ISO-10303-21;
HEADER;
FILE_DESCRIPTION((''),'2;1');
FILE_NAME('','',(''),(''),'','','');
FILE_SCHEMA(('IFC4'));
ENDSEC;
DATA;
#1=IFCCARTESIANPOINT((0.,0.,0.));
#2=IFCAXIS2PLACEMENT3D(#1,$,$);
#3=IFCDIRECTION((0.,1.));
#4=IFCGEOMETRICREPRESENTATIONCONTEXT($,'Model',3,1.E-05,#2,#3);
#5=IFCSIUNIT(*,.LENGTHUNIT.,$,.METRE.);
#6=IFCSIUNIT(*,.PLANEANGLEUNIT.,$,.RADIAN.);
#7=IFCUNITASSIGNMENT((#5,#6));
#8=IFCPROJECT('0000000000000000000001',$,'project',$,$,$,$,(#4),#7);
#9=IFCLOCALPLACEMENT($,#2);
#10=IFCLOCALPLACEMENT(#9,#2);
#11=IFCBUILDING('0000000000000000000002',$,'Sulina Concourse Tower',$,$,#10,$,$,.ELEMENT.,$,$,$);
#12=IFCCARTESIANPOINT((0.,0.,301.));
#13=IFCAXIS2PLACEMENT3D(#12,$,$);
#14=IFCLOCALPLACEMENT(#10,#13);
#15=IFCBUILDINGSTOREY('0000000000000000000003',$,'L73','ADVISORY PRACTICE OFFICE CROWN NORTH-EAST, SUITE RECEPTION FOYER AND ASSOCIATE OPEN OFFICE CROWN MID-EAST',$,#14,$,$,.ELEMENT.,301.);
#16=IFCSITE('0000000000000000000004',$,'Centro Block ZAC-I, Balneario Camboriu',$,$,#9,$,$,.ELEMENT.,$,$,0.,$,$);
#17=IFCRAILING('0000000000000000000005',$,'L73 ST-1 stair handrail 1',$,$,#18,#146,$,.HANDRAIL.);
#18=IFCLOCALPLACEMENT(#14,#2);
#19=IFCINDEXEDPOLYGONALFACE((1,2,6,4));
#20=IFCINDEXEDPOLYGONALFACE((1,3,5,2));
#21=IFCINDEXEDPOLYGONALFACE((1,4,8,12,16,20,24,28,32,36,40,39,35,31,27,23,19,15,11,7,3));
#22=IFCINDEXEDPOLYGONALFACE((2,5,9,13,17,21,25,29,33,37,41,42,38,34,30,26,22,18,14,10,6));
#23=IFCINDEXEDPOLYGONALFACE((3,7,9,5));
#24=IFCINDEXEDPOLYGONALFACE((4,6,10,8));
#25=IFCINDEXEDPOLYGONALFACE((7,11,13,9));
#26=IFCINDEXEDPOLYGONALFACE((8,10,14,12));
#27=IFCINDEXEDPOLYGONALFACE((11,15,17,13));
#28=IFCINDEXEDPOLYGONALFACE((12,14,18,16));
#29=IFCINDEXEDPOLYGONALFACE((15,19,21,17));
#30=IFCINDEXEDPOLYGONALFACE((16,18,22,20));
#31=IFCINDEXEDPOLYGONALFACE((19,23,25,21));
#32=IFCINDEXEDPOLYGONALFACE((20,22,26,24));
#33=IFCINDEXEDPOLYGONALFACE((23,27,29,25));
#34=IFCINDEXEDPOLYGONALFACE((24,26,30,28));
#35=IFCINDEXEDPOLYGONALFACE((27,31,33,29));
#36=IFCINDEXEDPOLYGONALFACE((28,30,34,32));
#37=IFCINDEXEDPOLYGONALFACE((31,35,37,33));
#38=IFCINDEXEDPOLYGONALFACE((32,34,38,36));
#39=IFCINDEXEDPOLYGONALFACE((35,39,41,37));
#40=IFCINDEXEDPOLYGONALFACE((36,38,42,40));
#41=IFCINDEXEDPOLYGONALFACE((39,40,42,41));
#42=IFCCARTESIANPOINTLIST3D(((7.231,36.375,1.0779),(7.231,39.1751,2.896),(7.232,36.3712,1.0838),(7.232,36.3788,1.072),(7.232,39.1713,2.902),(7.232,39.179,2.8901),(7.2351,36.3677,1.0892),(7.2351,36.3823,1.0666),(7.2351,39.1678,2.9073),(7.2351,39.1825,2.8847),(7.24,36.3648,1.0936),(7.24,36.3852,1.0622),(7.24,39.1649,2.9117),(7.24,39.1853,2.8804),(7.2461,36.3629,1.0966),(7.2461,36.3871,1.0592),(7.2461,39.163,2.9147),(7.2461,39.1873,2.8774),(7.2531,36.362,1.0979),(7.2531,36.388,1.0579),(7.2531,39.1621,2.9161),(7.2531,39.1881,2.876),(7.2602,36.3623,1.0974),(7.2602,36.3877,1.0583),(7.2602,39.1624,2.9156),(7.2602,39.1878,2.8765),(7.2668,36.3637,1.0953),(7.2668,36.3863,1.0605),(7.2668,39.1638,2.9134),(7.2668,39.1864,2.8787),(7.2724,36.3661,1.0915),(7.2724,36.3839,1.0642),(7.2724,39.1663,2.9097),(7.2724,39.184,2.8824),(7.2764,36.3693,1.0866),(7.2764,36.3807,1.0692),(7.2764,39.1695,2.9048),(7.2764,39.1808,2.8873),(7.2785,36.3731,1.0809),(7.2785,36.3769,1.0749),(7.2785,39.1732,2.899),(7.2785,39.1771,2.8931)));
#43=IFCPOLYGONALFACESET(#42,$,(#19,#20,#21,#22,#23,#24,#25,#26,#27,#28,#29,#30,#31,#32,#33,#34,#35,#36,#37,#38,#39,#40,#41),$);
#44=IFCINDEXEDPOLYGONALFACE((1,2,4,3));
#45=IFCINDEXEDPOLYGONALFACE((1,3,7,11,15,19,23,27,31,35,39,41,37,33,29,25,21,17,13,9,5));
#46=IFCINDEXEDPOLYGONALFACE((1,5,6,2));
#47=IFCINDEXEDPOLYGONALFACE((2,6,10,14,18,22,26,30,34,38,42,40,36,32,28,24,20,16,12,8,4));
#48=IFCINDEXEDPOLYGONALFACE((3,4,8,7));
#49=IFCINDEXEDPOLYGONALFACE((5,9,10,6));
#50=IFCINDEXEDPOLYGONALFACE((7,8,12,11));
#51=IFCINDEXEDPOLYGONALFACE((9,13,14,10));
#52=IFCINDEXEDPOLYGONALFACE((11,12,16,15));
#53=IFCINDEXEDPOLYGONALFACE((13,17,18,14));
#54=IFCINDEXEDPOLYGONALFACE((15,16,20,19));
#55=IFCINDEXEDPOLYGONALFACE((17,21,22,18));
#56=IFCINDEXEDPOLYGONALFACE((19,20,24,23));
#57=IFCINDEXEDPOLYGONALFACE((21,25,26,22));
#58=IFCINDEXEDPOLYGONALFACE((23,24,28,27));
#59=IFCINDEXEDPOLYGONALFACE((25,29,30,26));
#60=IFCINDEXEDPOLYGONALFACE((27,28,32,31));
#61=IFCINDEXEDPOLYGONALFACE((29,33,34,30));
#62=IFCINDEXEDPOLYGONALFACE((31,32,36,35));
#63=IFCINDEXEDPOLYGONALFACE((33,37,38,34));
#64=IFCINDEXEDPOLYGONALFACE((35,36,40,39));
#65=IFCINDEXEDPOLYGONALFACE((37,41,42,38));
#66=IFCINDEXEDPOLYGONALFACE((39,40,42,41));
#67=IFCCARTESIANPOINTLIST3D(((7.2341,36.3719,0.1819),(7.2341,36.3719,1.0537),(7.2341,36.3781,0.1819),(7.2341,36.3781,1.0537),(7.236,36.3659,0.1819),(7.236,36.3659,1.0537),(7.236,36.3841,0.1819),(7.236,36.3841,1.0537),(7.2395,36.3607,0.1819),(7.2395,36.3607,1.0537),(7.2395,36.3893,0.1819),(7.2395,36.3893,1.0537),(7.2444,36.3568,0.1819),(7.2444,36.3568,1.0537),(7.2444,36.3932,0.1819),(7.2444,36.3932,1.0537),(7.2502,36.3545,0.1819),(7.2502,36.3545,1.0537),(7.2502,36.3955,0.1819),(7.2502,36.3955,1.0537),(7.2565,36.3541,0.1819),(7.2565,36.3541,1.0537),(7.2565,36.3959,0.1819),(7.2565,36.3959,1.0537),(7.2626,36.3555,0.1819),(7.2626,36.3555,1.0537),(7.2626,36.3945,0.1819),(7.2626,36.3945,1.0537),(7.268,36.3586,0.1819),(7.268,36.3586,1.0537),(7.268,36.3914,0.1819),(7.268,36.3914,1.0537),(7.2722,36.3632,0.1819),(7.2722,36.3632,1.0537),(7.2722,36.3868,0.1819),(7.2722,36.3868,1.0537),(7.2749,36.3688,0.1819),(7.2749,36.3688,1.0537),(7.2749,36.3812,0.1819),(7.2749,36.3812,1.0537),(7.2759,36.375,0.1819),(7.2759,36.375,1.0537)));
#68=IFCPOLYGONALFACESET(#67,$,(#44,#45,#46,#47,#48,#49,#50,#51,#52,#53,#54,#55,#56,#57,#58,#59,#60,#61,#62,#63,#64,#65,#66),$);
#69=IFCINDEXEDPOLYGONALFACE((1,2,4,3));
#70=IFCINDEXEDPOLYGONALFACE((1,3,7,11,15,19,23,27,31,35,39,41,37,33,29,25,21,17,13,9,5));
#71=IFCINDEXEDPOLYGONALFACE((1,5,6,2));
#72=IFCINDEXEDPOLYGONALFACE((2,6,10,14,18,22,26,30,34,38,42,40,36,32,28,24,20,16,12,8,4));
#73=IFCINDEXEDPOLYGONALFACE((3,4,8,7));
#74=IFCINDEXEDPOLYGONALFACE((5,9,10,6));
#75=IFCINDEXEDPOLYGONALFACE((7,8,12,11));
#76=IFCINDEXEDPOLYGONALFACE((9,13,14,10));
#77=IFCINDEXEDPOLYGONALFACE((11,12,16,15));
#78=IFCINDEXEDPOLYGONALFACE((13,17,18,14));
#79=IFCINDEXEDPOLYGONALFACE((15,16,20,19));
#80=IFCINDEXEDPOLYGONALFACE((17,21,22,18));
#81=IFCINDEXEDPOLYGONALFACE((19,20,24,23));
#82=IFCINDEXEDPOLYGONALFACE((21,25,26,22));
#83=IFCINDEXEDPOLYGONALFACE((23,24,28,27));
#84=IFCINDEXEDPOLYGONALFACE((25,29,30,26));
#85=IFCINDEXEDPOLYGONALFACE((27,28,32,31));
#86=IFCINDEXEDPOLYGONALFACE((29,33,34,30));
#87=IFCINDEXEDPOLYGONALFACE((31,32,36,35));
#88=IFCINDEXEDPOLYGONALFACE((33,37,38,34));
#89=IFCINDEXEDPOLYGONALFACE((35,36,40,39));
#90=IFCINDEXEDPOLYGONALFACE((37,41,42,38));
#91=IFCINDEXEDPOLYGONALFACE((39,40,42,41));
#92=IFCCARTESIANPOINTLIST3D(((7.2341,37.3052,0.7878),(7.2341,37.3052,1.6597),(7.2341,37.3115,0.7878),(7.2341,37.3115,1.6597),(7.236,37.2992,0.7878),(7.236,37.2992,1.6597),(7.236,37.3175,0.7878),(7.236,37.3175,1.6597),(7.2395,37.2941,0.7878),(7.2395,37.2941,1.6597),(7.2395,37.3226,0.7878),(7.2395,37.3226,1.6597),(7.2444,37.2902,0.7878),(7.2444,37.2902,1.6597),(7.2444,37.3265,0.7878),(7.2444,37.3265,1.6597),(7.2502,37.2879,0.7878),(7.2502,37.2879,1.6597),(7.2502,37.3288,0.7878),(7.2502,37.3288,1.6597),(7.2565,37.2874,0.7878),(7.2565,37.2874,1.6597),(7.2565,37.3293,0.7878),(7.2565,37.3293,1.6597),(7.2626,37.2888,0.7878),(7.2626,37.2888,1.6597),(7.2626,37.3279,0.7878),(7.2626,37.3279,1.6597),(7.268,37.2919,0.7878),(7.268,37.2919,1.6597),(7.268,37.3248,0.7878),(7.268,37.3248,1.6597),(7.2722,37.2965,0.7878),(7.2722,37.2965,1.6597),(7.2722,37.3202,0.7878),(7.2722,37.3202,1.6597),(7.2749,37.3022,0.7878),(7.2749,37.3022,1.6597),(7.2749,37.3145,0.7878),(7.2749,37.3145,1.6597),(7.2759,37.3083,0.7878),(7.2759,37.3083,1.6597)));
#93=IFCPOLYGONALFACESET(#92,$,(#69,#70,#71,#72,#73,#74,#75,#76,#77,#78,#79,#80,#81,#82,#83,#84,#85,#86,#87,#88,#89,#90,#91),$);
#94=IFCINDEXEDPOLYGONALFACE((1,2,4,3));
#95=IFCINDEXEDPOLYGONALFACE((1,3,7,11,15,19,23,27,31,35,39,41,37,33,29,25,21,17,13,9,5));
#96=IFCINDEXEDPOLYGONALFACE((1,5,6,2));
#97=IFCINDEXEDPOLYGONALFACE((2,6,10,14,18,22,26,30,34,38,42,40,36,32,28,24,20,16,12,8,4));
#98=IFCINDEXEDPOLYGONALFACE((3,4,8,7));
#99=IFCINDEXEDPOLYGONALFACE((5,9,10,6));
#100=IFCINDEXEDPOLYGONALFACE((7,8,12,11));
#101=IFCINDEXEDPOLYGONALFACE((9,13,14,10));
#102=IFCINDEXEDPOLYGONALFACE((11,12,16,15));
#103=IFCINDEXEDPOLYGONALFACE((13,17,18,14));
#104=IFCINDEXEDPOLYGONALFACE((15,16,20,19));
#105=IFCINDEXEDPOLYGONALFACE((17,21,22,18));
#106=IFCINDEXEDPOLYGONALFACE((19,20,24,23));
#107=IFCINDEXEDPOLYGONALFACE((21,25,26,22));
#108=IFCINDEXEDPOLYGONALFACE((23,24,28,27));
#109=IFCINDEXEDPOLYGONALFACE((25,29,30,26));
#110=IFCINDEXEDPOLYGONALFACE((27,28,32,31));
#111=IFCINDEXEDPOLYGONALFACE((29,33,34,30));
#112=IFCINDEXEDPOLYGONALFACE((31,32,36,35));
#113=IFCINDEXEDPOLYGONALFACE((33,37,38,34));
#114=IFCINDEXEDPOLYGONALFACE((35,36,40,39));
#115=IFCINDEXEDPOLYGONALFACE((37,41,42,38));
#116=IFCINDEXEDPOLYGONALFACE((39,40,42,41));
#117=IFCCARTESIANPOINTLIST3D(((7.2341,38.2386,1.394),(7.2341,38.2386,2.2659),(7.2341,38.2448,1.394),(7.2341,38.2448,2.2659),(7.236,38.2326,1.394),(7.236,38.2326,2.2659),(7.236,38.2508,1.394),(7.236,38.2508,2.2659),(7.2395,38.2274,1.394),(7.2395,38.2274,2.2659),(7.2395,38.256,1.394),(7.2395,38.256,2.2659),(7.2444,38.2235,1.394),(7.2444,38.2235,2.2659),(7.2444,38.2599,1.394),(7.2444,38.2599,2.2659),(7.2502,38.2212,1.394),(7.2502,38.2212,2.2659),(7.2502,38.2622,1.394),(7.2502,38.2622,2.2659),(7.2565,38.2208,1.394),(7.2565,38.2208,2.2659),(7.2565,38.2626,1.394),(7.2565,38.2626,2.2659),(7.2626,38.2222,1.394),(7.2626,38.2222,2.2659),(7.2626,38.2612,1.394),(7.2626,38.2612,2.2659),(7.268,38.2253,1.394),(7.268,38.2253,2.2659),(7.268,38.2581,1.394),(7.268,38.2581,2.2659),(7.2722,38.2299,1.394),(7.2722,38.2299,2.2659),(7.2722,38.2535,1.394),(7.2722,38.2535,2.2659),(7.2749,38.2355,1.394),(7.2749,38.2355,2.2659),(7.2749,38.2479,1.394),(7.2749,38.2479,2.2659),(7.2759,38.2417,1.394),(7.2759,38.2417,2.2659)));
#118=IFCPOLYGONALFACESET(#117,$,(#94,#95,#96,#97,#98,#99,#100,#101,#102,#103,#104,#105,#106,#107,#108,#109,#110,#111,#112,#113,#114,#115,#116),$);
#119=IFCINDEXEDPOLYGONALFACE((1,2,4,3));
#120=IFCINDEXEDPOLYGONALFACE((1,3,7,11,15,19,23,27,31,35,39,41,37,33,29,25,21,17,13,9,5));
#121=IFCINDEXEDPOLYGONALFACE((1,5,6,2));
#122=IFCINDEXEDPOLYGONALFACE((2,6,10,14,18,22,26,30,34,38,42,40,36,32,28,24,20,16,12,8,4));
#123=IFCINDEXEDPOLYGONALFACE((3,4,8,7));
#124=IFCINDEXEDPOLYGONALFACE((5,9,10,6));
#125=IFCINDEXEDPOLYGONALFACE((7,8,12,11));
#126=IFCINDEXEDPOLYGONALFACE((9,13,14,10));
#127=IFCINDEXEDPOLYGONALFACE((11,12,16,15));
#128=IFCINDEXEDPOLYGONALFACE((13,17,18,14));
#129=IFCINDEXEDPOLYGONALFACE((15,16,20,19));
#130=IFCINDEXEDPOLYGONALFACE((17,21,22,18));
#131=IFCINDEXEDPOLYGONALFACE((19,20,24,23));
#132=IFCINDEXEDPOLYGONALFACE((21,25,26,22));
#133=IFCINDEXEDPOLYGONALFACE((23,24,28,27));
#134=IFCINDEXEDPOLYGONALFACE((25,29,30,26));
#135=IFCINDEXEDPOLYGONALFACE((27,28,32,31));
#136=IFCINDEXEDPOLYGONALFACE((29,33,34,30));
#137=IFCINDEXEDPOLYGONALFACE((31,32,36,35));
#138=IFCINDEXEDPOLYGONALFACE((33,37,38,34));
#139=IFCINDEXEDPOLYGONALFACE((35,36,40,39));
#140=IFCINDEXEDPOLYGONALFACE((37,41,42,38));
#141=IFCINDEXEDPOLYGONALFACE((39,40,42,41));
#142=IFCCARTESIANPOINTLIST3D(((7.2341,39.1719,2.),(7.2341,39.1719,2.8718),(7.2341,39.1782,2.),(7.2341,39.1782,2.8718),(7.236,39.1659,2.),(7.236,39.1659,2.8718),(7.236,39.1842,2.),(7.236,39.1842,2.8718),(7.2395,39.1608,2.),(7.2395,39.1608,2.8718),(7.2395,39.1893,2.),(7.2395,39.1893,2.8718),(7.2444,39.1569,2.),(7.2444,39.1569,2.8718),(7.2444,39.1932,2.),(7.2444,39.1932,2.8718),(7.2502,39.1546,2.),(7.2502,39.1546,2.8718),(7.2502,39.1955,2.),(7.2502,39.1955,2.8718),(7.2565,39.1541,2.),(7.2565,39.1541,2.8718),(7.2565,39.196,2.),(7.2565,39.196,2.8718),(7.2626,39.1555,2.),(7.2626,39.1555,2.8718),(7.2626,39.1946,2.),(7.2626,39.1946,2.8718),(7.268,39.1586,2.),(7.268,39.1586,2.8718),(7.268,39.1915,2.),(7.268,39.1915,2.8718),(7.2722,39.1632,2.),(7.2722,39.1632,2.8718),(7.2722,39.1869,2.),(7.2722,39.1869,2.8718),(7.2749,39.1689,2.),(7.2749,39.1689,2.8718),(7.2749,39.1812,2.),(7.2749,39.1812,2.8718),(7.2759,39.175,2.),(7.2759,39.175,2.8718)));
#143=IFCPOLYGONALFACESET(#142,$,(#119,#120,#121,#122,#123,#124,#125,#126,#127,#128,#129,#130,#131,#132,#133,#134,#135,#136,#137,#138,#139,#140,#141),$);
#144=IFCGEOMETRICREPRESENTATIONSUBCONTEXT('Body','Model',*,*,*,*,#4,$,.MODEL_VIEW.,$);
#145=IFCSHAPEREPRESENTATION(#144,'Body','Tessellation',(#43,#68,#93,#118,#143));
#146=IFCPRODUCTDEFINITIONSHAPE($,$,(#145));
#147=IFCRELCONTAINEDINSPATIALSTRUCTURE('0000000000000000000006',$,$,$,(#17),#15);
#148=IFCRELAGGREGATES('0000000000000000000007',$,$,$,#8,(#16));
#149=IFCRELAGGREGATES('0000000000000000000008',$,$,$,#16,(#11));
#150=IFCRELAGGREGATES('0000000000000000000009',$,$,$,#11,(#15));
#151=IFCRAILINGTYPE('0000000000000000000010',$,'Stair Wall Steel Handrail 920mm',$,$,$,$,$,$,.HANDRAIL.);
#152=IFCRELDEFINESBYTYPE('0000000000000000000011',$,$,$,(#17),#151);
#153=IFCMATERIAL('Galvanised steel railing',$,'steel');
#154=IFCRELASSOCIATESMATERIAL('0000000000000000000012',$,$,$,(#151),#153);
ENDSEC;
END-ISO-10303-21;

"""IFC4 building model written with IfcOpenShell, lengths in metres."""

from ifc_helpers import new_model, si_unit, direction, frame, origin, origin_2d, place, context, subcontext, project, spatial, circle, extrude, material, type_object, element, save


model = new_model("IFC4")

# Units and contexts
model_context = context("Model", 3, precision=1e-05, world=origin(), true_north=direction((0.0, 1.0)))
body_context = subcontext(model_context, "Body", "Model", "MODEL_VIEW")
ifc_project = project(units=[si_unit("LENGTHUNIT", "METRE"), si_unit("PLANEANGLEUNIT", "RADIAN")], contexts=[model_context])

# Site, building, storey
site_placement = place(None, origin())
site = spatial("IfcSite", under=ifc_project, at=site_placement, Name="Centro Block ZAC-I, Balneario Camboriu", CompositionType="ELEMENT", RefElevation=0.0)
building_placement = place(site_placement, origin())
building = spatial("IfcBuilding", under=site, at=building_placement, Name="Sulina Concourse Tower", CompositionType="ELEMENT")
storey_placement = place(building_placement, frame((0.0, 0.0, 301.0)))
storey = spatial("IfcBuildingStorey", under=building, at=storey_placement, Name="L73", Description="ADVISORY PRACTICE OFFICE CROWN NORTH-EAST, SUITE RECEPTION FOYER AND ASSOCIATE OPEN OFFICE CROWN MID-EAST", CompositionType="ELEMENT", Elevation=301.0)

# Railing
ifc_material_1 = material(Name="Galvanised steel railing", Category="steel")
railing_type_1 = type_object("IfcRailingType", Name="Stair Wall Steel Handrail 920mm", PredefinedType="HANDRAIL", material=ifc_material_1)
railing_1_placement = place(storey_placement, frame((7.2549, 36.375, 0.1819)))
element("IfcRailing", 1, at=railing_1_placement, inside=storey, type_object=railing_type_1, Name="L73 ST-1 stair handrail 1", PredefinedType="HANDRAIL", context=body_context, shape_type="SweptSolid", body=[
    extrude(circle(Radius=0.0239, at=origin_2d()), frame((0.0, 0.0, 0.896), z_axis=(0.0, 0.838706, 0.544585), x_axis=(-1.0, 0.0, 0.0)), (0.0, 0.0, 1.0), 3.3386),
    extrude(circle(Radius=0.021, at=origin_2d()), origin(), (0.0, 0.0, 1.0), 0.8718),
    extrude(circle(Radius=0.021, at=origin_2d()), frame((0.0, 0.9333, 0.606)), (0.0, 0.0, 1.0), 0.8718),
    extrude(circle(Radius=0.021, at=origin_2d()), frame((0.0, 1.8667, 1.2122)), (0.0, 0.0, 1.0), 0.8718),
    extrude(circle(Radius=0.021, at=origin_2d()), frame((0.0, 2.8, 1.8181)), (0.0, 0.0, 1.0), 0.8718),
])

save(model, "model.ifc")
